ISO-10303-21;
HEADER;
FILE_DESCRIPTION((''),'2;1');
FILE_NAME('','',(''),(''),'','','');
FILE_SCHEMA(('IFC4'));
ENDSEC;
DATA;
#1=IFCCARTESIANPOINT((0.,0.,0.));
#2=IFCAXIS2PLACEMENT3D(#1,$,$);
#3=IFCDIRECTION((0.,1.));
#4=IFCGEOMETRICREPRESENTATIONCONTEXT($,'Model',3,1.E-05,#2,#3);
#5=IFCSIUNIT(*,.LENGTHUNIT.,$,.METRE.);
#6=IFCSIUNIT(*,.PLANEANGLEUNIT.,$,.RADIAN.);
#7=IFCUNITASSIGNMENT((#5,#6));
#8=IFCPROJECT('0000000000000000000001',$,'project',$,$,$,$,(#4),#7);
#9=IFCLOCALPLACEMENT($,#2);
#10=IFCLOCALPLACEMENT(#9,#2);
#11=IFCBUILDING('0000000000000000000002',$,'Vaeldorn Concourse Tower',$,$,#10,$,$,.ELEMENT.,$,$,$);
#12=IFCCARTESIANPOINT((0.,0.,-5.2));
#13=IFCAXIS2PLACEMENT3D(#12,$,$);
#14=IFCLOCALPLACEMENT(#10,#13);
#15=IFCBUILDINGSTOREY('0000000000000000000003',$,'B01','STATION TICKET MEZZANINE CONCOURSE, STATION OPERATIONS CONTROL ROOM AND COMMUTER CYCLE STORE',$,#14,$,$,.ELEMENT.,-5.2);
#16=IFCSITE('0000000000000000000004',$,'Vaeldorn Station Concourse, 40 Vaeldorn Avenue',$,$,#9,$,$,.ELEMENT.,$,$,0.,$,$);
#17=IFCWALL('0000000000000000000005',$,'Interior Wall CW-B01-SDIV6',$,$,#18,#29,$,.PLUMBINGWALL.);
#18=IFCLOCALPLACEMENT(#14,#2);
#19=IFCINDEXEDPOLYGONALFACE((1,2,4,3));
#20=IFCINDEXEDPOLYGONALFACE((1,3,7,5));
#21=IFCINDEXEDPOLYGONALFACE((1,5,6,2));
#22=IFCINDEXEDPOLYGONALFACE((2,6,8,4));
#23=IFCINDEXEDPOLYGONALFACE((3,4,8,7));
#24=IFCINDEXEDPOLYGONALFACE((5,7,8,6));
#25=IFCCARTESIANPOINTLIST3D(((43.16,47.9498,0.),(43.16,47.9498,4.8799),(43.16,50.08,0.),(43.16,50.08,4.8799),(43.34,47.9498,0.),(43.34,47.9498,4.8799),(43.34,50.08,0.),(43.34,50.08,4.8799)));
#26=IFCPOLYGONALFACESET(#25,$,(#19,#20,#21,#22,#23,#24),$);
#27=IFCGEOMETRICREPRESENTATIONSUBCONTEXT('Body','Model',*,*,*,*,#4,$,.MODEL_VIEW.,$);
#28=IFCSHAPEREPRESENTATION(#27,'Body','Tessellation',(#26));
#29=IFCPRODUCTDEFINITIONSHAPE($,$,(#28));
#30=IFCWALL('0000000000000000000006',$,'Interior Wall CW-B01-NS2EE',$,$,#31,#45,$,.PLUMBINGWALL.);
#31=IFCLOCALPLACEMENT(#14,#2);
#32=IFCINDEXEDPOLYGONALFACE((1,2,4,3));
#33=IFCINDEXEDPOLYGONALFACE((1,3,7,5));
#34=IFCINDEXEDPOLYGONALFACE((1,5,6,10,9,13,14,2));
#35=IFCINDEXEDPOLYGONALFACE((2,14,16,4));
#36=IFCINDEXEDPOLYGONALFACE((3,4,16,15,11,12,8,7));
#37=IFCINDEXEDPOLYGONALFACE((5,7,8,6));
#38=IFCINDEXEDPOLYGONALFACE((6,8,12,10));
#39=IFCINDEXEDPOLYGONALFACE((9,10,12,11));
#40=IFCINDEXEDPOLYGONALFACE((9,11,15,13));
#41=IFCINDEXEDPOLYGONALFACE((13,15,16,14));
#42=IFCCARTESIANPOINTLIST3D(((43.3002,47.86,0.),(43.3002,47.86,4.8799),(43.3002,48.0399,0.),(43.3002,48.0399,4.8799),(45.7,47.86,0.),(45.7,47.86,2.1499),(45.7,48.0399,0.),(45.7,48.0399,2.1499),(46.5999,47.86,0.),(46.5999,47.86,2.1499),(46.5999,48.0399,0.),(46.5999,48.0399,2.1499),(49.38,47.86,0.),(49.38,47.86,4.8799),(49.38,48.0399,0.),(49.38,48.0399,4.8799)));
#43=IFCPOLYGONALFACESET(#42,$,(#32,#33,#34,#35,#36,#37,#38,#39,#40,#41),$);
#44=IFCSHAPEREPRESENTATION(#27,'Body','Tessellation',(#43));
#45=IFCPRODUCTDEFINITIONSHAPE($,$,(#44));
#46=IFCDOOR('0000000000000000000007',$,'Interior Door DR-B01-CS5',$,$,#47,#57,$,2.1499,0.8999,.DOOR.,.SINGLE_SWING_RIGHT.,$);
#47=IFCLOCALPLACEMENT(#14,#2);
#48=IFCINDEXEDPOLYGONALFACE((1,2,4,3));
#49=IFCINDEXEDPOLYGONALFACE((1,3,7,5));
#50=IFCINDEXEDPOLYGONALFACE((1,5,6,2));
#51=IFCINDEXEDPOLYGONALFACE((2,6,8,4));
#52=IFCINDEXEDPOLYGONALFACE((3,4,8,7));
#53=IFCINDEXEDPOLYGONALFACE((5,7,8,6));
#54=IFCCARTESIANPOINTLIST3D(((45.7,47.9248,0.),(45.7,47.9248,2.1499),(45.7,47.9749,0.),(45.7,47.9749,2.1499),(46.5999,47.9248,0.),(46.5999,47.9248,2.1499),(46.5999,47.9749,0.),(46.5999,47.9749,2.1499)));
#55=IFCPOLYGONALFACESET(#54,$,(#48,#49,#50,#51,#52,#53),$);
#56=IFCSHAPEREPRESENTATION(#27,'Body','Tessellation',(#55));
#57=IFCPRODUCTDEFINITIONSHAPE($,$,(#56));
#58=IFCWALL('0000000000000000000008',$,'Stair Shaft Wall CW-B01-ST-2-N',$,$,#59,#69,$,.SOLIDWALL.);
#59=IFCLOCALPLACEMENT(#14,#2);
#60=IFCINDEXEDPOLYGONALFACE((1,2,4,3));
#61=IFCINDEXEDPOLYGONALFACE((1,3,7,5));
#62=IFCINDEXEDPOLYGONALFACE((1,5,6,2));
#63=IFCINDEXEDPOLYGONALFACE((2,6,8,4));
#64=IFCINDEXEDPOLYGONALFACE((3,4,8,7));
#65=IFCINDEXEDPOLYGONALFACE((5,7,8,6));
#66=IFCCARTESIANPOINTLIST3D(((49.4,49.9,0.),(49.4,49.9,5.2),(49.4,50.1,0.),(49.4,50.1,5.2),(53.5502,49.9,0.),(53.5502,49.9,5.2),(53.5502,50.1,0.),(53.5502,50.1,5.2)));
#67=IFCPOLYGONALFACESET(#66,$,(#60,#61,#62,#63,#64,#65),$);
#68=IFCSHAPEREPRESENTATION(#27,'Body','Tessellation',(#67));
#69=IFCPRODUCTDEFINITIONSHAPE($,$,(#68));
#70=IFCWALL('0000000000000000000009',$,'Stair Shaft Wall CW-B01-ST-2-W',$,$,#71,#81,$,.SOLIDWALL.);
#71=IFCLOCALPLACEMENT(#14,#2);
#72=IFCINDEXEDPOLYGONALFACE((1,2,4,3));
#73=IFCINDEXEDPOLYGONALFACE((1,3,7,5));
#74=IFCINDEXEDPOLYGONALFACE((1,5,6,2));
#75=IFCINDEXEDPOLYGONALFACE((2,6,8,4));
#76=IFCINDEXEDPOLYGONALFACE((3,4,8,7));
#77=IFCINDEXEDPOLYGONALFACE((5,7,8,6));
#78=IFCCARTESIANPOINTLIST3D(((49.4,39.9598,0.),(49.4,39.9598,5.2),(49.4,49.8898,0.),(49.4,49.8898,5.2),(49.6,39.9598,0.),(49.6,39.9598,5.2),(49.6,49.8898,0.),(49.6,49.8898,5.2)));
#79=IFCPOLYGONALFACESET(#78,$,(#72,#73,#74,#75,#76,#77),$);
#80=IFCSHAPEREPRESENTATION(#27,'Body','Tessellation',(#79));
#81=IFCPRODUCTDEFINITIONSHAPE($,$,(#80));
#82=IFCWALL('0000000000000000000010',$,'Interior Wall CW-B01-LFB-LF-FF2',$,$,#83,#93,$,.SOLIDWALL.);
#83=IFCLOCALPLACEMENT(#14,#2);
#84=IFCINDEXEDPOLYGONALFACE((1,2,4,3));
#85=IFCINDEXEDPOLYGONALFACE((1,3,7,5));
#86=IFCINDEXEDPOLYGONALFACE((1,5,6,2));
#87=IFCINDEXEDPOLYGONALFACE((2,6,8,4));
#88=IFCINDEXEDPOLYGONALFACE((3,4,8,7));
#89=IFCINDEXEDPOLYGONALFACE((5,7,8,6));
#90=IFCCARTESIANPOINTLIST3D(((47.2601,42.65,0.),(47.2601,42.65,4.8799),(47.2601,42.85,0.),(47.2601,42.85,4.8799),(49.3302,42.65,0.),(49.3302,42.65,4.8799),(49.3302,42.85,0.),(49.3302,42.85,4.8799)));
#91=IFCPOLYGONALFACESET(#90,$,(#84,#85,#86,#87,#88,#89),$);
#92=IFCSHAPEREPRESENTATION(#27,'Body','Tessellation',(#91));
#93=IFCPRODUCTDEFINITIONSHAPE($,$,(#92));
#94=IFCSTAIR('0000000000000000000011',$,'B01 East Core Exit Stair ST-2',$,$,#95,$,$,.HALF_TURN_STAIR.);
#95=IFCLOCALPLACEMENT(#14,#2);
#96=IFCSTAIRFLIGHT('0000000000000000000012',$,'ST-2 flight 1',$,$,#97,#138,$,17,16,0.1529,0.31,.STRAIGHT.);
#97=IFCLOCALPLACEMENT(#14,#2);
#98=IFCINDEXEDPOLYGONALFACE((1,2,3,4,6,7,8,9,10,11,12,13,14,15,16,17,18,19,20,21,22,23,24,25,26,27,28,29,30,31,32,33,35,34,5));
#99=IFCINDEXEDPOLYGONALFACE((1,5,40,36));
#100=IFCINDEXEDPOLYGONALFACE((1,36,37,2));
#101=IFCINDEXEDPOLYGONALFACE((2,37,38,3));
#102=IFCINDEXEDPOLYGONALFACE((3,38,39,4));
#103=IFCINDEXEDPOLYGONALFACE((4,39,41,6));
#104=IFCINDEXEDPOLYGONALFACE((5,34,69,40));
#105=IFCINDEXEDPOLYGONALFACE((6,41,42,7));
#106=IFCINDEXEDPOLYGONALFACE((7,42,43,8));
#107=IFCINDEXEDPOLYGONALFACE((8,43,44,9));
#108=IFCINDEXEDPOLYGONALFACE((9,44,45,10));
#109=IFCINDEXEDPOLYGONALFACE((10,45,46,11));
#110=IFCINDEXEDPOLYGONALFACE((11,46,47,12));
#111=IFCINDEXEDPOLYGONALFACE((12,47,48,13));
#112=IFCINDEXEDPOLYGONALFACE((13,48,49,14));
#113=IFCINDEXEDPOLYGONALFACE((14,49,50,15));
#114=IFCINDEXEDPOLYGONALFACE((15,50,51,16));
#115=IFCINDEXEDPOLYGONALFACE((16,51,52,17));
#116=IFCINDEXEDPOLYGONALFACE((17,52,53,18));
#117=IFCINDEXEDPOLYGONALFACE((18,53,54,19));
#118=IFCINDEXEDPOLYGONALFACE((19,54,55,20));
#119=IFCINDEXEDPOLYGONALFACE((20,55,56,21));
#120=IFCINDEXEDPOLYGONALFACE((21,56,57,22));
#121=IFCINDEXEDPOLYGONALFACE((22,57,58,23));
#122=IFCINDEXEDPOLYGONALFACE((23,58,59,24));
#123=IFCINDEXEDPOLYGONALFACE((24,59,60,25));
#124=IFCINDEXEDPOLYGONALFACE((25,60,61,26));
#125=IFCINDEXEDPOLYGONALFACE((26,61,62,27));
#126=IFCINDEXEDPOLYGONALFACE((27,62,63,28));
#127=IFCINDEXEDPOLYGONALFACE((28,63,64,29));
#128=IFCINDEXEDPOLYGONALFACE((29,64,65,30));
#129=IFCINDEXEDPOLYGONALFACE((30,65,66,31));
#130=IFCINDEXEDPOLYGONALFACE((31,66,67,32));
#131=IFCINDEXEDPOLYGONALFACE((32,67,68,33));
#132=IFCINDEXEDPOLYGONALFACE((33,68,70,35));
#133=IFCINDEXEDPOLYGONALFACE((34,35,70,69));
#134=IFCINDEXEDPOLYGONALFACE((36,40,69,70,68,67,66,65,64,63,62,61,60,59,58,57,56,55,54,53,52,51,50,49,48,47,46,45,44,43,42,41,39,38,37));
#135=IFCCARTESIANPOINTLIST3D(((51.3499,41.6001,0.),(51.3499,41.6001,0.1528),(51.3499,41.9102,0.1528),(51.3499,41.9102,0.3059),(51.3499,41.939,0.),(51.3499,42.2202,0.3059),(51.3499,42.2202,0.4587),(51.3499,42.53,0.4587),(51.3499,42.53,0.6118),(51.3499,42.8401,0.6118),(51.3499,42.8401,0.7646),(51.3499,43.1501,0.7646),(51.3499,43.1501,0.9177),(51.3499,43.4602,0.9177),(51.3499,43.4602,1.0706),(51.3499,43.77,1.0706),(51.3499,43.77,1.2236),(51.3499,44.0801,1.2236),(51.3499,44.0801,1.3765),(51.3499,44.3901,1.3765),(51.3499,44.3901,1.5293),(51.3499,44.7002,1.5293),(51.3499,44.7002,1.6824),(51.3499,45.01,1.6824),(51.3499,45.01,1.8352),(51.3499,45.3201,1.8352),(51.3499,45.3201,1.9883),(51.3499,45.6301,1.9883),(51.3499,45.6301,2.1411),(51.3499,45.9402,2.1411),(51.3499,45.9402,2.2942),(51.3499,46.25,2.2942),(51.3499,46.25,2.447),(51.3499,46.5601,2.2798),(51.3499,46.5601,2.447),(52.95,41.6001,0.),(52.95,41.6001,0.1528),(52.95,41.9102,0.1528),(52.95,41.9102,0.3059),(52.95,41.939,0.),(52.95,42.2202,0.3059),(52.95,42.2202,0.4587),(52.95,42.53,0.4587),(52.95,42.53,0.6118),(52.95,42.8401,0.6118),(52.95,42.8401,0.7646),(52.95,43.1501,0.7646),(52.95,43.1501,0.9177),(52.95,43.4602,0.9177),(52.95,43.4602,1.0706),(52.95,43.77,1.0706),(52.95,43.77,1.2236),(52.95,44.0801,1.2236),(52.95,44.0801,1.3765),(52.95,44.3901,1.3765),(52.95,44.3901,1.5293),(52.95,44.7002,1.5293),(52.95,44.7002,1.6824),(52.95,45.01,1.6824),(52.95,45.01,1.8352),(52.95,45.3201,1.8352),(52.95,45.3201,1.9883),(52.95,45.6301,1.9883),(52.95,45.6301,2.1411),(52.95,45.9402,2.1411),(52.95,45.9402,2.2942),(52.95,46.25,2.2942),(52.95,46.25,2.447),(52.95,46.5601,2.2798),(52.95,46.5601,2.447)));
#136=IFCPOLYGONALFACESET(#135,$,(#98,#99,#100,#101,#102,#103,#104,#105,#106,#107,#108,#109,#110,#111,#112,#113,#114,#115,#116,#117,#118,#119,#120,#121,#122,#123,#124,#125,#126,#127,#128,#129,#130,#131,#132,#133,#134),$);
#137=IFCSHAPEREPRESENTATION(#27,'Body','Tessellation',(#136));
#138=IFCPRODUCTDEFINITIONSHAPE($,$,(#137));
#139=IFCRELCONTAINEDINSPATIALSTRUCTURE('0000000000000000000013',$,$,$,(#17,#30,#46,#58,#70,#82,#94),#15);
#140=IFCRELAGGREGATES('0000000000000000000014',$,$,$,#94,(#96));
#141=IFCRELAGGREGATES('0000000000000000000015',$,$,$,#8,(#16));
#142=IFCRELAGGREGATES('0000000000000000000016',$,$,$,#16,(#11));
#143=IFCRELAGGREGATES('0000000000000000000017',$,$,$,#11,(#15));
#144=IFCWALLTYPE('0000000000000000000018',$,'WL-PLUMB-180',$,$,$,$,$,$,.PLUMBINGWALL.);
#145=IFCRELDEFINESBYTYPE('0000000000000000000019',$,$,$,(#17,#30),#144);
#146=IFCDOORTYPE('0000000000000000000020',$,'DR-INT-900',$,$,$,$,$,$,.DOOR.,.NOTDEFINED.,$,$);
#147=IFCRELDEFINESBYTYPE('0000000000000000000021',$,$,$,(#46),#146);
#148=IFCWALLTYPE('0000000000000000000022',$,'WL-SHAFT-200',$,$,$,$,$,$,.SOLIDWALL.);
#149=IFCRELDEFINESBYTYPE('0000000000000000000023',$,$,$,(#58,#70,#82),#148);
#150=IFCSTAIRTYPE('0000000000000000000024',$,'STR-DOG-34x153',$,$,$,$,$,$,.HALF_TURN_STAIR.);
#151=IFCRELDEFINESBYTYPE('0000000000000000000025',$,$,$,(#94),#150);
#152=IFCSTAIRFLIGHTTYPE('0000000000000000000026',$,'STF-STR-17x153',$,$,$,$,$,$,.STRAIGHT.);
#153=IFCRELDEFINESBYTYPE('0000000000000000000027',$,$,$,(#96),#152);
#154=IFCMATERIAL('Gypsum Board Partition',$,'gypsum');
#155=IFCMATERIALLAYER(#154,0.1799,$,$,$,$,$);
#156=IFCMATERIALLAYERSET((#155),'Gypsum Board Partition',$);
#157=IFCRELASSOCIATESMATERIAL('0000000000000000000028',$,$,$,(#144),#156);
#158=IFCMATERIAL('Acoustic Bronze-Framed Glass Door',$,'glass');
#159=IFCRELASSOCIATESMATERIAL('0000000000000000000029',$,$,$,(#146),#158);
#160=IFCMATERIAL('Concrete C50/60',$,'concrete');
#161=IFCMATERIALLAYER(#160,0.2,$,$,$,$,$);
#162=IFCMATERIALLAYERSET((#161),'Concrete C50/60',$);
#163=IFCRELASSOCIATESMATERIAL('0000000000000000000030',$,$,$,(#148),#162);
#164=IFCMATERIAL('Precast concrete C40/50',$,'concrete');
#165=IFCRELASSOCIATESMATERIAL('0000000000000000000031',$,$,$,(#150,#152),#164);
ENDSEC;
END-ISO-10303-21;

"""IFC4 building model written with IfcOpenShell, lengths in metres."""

from ifc_helpers import new_model, si_unit, direction, frame, frame_2d, origin, place, context, subcontext, project, spatial, polyline, rectangle, outline, extrude, source, transform, mapped, material, layer, layer_set, type_object, element, fill, aggregate, save


model = new_model("IFC4")

# Units and contexts
model_context = context("Model", 3, precision=1e-05, world=origin(), true_north=direction((0.0, 1.0)))
body_context = subcontext(model_context, "Body", "Model", "MODEL_VIEW")
ifc_project = project(units=[si_unit("LENGTHUNIT", "METRE"), si_unit("PLANEANGLEUNIT", "RADIAN")], contexts=[model_context])

# Site, building, storey
site_placement = place(None, origin())
site = spatial("IfcSite", under=ifc_project, at=site_placement, Name="Vaeldorn Station Concourse, 40 Vaeldorn Avenue", CompositionType="ELEMENT", RefElevation=0.0)
building_placement = place(site_placement, origin())
building = spatial("IfcBuilding", under=site, at=building_placement, Name="Vaeldorn Concourse Tower", CompositionType="ELEMENT")
storey_placement = place(building_placement, frame((0.0, 0.0, -5.2)))
storey = spatial("IfcBuildingStorey", under=building, at=storey_placement, Name="B01", Description="STATION TICKET MEZZANINE CONCOURSE, STATION OPERATIONS CONTROL ROOM AND COMMUTER CYCLE STORE", CompositionType="ELEMENT", Elevation=-5.2)

# Shared definitions
ifc_material_1 = material(Name="Gypsum Board Partition", Category="gypsum")

# Wall
ifc_layer_1 = layer(ifc_material_1, 0.1799)
ifc_layer_set_1 = layer_set([ifc_layer_1], Name="Gypsum Board Partition")
wall_type_1 = type_object("IfcWallType", Name="WL-PLUMB-180", PredefinedType="PLUMBINGWALL", material=ifc_layer_set_1)
wall_1_placement = place(storey_placement, frame((43.25, 47.95, 0.0), z_axis=(0.0, 0.0, 1.0), x_axis=(0.0, 1.0, 0.0)))
element("IfcWall", 1, at=wall_1_placement, inside=storey, type_object=wall_type_1, Name="Interior Wall CW-B01-SDIV6", PredefinedType="PLUMBINGWALL", context=body_context, shape_type="SweptSolid", body=[
    extrude(rectangle(XDim=2.1301, YDim=0.1799, at=frame_2d((1.0649, 0.0))), origin(), (0.0, 0.0, 1.0), 4.8799),
])

# Wall, opening, door
wall_2_placement = place(storey_placement, frame((43.3, 47.95, 0.0), z_axis=(0.0, 0.0, 1.0), x_axis=(1.0, 0.0, 0.0)))
wall_2 = element("IfcWall", 2, at=wall_2_placement, inside=storey, type_object=wall_type_1, Name="Interior Wall CW-B01-NS2EE", PredefinedType="PLUMBINGWALL", context=body_context, shape_type="SweptSolid", body=[
    extrude(rectangle(XDim=6.0798, YDim=0.1799, at=frame_2d((3.04, 0.0))), origin(), (0.0, 0.0, 1.0), 4.8799),
])
opening_1_placement = place(wall_2_placement, frame((2.3999, 0.0, 0.0)))
opening_1 = element("IfcOpeningElement", 3, at=opening_1_placement, cuts=wall_2, PredefinedType="OPENING", context=body_context, shape_type="SweptSolid", body=[
    extrude(rectangle(XDim=0.8999, YDim=2.1499, at=frame_2d((0.45, 1.075))), frame((0.0, 0.1001, 0.0), z_axis=(0.0, -1.0, 0.0), x_axis=(1.0, 0.0, 0.0)), (0.0, 0.0, 1.0), 0.2),
])
ifc_material_2 = material(Name="Acoustic Bronze-Framed Glass Door", Category="glass")
door_type_1 = type_object("IfcDoorType", Name="DR-INT-900", OperationType="NOTDEFINED", PredefinedType="DOOR", material=ifc_material_2)
shared_shape_1 = source(origin(), body_context, "Body", "SweptSolid", [
    extrude(rectangle(XDim=0.8999, YDim=2.1499, at=frame_2d((0.45, 1.075))), frame((0.0, 0.0249, 0.0), z_axis=(0.0, -1.0, 0.0), x_axis=(1.0, 0.0, 0.0)), (0.0, 0.0, 1.0), 0.05),
])
door_1_placement = place(opening_1_placement, origin())
door_1 = element("IfcDoor", 4, at=door_1_placement, inside=storey, type_object=door_type_1, Name="Interior Door DR-B01-CS5", OperationType="SINGLE_SWING_RIGHT", OverallHeight=2.1499, OverallWidth=0.8999, PredefinedType="DOOR", context=body_context, shape_type="MappedRepresentation", body=[
    mapped(shared_shape_1, transform((0.0, 0.0, 0.0), scale=1.0)),
])
fill(opening_1, door_1)
ifc_material_3 = material(Name="Concrete C50/60", Category="concrete")
ifc_layer_2 = layer(ifc_material_3, 0.2)
ifc_layer_set_2 = layer_set([ifc_layer_2], Name="Concrete C50/60")
wall_type_2 = type_object("IfcWallType", Name="WL-SHAFT-200", PredefinedType="SOLIDWALL", material=ifc_layer_set_2)

# Walls
wall_3_placement = place(storey_placement, frame((49.3999, 50.0, 0.0), z_axis=(0.0, 0.0, 1.0), x_axis=(1.0, 0.0, 0.0)))
element("IfcWall", 5, at=wall_3_placement, inside=storey, type_object=wall_type_2, Name="Stair Shaft Wall CW-B01-ST-2-N", PredefinedType="SOLIDWALL", context=body_context, shape_type="SweptSolid", body=[
    extrude(rectangle(XDim=4.1501, YDim=0.2, at=frame_2d((2.0752, 0.0))), origin(), (0.0, 0.0, 1.0), 5.2),
])
wall_4_placement = place(storey_placement, frame((49.5, 39.96, 0.0), z_axis=(0.0, 0.0, 1.0), x_axis=(0.0, 1.0, 0.0)))
element("IfcWall", 6, at=wall_4_placement, inside=storey, type_object=wall_type_2, Name="Stair Shaft Wall CW-B01-ST-2-W", PredefinedType="SOLIDWALL", context=body_context, shape_type="SweptSolid", body=[
    extrude(rectangle(XDim=9.9299, YDim=0.2, at=frame_2d((4.9648, 0.0))), origin(), (0.0, 0.0, 1.0), 5.2),
])

# Wall
wall_5_placement = place(storey_placement, frame((47.26, 42.75, 0.0), z_axis=(0.0, 0.0, 1.0), x_axis=(1.0, 0.0, 0.0)))
element("IfcWall", 7, at=wall_5_placement, inside=storey, type_object=wall_type_2, Name="Interior Wall CW-B01-LFB-LF-FF2", PredefinedType="SOLIDWALL", context=body_context, shape_type="SweptSolid", body=[
    extrude(rectangle(XDim=2.0701, YDim=0.2, at=frame_2d((1.0352, 0.0))), origin(), (0.0, 0.0, 1.0), 4.8799),
])

# Stair, stair flight
ifc_material_4 = material(Name="Precast concrete C40/50", Category="concrete")
stair_type = type_object("IfcStairType", Name="STR-DOG-34x153", PredefinedType="HALF_TURN_STAIR", material=ifc_material_4)
stair_placement = place(storey_placement, origin())
stair = element("IfcStair", 8, at=stair_placement, inside=storey, type_object=stair_type, Name="B01 East Core Exit Stair ST-2", PredefinedType="HALF_TURN_STAIR")
stair_flight_type = type_object("IfcStairFlightType", Name="STF-STR-17x153", PredefinedType="STRAIGHT", material=ifc_material_4)
stair_flight_1_placement = place(storey_placement, frame((52.1499, 41.6001, 0.0), z_axis=(0.0, 0.0, 1.0), x_axis=(0.0, 1.0, 0.0)))
stair_flight_1 = element("IfcStairFlight", 9, at=stair_flight_1_placement, type_object=stair_flight_type, Name="ST-2 flight 1", NumberOfRisers=17, NumberOfTreads=16, PredefinedType="STRAIGHT", RiserHeight=0.1529, TreadLength=0.31, context=body_context, shape_type="SweptSolid", body=[
    extrude(outline(polyline([(0.0, 0.0), (0.0, 0.1528), (0.3101, 0.1528), (0.3101, 0.3059), (0.6201, 0.3059), (0.6201, 0.4587), (0.9299, 0.4587), (0.9299, 0.6118), (1.24, 0.6118), (1.24, 0.7646), (1.55, 0.7646), (1.55, 0.9177), (1.8601, 0.9177), (1.8601, 1.0706), (2.1699, 1.0706), (2.1699, 1.2236), (2.48, 1.2236), (2.48, 1.3765), (2.79, 1.3765), (2.79, 1.5293), (3.1001, 1.5293), (3.1001, 1.6824), (3.4099, 1.6824), (3.4099, 1.8352), (3.72, 1.8352), (3.72, 1.9883), (4.03, 1.9883), (4.03, 2.1411), (4.3401, 2.1411), (4.3401, 2.2942), (4.6499, 2.2942), (4.6499, 2.447), (4.96, 2.447), (4.96, 2.6001), (4.96, 2.2798), (0.3389, 0.0), (0.0, 0.0)])), frame((0.0, 0.8, 0.0), z_axis=(0.0, -1.0, 0.0), x_axis=(1.0, 0.0, 0.0)), (0.0, 0.0, 1.0), 1.6001),
])
aggregate(stair, [stair_flight_1])

save(model, "model.ifc")
